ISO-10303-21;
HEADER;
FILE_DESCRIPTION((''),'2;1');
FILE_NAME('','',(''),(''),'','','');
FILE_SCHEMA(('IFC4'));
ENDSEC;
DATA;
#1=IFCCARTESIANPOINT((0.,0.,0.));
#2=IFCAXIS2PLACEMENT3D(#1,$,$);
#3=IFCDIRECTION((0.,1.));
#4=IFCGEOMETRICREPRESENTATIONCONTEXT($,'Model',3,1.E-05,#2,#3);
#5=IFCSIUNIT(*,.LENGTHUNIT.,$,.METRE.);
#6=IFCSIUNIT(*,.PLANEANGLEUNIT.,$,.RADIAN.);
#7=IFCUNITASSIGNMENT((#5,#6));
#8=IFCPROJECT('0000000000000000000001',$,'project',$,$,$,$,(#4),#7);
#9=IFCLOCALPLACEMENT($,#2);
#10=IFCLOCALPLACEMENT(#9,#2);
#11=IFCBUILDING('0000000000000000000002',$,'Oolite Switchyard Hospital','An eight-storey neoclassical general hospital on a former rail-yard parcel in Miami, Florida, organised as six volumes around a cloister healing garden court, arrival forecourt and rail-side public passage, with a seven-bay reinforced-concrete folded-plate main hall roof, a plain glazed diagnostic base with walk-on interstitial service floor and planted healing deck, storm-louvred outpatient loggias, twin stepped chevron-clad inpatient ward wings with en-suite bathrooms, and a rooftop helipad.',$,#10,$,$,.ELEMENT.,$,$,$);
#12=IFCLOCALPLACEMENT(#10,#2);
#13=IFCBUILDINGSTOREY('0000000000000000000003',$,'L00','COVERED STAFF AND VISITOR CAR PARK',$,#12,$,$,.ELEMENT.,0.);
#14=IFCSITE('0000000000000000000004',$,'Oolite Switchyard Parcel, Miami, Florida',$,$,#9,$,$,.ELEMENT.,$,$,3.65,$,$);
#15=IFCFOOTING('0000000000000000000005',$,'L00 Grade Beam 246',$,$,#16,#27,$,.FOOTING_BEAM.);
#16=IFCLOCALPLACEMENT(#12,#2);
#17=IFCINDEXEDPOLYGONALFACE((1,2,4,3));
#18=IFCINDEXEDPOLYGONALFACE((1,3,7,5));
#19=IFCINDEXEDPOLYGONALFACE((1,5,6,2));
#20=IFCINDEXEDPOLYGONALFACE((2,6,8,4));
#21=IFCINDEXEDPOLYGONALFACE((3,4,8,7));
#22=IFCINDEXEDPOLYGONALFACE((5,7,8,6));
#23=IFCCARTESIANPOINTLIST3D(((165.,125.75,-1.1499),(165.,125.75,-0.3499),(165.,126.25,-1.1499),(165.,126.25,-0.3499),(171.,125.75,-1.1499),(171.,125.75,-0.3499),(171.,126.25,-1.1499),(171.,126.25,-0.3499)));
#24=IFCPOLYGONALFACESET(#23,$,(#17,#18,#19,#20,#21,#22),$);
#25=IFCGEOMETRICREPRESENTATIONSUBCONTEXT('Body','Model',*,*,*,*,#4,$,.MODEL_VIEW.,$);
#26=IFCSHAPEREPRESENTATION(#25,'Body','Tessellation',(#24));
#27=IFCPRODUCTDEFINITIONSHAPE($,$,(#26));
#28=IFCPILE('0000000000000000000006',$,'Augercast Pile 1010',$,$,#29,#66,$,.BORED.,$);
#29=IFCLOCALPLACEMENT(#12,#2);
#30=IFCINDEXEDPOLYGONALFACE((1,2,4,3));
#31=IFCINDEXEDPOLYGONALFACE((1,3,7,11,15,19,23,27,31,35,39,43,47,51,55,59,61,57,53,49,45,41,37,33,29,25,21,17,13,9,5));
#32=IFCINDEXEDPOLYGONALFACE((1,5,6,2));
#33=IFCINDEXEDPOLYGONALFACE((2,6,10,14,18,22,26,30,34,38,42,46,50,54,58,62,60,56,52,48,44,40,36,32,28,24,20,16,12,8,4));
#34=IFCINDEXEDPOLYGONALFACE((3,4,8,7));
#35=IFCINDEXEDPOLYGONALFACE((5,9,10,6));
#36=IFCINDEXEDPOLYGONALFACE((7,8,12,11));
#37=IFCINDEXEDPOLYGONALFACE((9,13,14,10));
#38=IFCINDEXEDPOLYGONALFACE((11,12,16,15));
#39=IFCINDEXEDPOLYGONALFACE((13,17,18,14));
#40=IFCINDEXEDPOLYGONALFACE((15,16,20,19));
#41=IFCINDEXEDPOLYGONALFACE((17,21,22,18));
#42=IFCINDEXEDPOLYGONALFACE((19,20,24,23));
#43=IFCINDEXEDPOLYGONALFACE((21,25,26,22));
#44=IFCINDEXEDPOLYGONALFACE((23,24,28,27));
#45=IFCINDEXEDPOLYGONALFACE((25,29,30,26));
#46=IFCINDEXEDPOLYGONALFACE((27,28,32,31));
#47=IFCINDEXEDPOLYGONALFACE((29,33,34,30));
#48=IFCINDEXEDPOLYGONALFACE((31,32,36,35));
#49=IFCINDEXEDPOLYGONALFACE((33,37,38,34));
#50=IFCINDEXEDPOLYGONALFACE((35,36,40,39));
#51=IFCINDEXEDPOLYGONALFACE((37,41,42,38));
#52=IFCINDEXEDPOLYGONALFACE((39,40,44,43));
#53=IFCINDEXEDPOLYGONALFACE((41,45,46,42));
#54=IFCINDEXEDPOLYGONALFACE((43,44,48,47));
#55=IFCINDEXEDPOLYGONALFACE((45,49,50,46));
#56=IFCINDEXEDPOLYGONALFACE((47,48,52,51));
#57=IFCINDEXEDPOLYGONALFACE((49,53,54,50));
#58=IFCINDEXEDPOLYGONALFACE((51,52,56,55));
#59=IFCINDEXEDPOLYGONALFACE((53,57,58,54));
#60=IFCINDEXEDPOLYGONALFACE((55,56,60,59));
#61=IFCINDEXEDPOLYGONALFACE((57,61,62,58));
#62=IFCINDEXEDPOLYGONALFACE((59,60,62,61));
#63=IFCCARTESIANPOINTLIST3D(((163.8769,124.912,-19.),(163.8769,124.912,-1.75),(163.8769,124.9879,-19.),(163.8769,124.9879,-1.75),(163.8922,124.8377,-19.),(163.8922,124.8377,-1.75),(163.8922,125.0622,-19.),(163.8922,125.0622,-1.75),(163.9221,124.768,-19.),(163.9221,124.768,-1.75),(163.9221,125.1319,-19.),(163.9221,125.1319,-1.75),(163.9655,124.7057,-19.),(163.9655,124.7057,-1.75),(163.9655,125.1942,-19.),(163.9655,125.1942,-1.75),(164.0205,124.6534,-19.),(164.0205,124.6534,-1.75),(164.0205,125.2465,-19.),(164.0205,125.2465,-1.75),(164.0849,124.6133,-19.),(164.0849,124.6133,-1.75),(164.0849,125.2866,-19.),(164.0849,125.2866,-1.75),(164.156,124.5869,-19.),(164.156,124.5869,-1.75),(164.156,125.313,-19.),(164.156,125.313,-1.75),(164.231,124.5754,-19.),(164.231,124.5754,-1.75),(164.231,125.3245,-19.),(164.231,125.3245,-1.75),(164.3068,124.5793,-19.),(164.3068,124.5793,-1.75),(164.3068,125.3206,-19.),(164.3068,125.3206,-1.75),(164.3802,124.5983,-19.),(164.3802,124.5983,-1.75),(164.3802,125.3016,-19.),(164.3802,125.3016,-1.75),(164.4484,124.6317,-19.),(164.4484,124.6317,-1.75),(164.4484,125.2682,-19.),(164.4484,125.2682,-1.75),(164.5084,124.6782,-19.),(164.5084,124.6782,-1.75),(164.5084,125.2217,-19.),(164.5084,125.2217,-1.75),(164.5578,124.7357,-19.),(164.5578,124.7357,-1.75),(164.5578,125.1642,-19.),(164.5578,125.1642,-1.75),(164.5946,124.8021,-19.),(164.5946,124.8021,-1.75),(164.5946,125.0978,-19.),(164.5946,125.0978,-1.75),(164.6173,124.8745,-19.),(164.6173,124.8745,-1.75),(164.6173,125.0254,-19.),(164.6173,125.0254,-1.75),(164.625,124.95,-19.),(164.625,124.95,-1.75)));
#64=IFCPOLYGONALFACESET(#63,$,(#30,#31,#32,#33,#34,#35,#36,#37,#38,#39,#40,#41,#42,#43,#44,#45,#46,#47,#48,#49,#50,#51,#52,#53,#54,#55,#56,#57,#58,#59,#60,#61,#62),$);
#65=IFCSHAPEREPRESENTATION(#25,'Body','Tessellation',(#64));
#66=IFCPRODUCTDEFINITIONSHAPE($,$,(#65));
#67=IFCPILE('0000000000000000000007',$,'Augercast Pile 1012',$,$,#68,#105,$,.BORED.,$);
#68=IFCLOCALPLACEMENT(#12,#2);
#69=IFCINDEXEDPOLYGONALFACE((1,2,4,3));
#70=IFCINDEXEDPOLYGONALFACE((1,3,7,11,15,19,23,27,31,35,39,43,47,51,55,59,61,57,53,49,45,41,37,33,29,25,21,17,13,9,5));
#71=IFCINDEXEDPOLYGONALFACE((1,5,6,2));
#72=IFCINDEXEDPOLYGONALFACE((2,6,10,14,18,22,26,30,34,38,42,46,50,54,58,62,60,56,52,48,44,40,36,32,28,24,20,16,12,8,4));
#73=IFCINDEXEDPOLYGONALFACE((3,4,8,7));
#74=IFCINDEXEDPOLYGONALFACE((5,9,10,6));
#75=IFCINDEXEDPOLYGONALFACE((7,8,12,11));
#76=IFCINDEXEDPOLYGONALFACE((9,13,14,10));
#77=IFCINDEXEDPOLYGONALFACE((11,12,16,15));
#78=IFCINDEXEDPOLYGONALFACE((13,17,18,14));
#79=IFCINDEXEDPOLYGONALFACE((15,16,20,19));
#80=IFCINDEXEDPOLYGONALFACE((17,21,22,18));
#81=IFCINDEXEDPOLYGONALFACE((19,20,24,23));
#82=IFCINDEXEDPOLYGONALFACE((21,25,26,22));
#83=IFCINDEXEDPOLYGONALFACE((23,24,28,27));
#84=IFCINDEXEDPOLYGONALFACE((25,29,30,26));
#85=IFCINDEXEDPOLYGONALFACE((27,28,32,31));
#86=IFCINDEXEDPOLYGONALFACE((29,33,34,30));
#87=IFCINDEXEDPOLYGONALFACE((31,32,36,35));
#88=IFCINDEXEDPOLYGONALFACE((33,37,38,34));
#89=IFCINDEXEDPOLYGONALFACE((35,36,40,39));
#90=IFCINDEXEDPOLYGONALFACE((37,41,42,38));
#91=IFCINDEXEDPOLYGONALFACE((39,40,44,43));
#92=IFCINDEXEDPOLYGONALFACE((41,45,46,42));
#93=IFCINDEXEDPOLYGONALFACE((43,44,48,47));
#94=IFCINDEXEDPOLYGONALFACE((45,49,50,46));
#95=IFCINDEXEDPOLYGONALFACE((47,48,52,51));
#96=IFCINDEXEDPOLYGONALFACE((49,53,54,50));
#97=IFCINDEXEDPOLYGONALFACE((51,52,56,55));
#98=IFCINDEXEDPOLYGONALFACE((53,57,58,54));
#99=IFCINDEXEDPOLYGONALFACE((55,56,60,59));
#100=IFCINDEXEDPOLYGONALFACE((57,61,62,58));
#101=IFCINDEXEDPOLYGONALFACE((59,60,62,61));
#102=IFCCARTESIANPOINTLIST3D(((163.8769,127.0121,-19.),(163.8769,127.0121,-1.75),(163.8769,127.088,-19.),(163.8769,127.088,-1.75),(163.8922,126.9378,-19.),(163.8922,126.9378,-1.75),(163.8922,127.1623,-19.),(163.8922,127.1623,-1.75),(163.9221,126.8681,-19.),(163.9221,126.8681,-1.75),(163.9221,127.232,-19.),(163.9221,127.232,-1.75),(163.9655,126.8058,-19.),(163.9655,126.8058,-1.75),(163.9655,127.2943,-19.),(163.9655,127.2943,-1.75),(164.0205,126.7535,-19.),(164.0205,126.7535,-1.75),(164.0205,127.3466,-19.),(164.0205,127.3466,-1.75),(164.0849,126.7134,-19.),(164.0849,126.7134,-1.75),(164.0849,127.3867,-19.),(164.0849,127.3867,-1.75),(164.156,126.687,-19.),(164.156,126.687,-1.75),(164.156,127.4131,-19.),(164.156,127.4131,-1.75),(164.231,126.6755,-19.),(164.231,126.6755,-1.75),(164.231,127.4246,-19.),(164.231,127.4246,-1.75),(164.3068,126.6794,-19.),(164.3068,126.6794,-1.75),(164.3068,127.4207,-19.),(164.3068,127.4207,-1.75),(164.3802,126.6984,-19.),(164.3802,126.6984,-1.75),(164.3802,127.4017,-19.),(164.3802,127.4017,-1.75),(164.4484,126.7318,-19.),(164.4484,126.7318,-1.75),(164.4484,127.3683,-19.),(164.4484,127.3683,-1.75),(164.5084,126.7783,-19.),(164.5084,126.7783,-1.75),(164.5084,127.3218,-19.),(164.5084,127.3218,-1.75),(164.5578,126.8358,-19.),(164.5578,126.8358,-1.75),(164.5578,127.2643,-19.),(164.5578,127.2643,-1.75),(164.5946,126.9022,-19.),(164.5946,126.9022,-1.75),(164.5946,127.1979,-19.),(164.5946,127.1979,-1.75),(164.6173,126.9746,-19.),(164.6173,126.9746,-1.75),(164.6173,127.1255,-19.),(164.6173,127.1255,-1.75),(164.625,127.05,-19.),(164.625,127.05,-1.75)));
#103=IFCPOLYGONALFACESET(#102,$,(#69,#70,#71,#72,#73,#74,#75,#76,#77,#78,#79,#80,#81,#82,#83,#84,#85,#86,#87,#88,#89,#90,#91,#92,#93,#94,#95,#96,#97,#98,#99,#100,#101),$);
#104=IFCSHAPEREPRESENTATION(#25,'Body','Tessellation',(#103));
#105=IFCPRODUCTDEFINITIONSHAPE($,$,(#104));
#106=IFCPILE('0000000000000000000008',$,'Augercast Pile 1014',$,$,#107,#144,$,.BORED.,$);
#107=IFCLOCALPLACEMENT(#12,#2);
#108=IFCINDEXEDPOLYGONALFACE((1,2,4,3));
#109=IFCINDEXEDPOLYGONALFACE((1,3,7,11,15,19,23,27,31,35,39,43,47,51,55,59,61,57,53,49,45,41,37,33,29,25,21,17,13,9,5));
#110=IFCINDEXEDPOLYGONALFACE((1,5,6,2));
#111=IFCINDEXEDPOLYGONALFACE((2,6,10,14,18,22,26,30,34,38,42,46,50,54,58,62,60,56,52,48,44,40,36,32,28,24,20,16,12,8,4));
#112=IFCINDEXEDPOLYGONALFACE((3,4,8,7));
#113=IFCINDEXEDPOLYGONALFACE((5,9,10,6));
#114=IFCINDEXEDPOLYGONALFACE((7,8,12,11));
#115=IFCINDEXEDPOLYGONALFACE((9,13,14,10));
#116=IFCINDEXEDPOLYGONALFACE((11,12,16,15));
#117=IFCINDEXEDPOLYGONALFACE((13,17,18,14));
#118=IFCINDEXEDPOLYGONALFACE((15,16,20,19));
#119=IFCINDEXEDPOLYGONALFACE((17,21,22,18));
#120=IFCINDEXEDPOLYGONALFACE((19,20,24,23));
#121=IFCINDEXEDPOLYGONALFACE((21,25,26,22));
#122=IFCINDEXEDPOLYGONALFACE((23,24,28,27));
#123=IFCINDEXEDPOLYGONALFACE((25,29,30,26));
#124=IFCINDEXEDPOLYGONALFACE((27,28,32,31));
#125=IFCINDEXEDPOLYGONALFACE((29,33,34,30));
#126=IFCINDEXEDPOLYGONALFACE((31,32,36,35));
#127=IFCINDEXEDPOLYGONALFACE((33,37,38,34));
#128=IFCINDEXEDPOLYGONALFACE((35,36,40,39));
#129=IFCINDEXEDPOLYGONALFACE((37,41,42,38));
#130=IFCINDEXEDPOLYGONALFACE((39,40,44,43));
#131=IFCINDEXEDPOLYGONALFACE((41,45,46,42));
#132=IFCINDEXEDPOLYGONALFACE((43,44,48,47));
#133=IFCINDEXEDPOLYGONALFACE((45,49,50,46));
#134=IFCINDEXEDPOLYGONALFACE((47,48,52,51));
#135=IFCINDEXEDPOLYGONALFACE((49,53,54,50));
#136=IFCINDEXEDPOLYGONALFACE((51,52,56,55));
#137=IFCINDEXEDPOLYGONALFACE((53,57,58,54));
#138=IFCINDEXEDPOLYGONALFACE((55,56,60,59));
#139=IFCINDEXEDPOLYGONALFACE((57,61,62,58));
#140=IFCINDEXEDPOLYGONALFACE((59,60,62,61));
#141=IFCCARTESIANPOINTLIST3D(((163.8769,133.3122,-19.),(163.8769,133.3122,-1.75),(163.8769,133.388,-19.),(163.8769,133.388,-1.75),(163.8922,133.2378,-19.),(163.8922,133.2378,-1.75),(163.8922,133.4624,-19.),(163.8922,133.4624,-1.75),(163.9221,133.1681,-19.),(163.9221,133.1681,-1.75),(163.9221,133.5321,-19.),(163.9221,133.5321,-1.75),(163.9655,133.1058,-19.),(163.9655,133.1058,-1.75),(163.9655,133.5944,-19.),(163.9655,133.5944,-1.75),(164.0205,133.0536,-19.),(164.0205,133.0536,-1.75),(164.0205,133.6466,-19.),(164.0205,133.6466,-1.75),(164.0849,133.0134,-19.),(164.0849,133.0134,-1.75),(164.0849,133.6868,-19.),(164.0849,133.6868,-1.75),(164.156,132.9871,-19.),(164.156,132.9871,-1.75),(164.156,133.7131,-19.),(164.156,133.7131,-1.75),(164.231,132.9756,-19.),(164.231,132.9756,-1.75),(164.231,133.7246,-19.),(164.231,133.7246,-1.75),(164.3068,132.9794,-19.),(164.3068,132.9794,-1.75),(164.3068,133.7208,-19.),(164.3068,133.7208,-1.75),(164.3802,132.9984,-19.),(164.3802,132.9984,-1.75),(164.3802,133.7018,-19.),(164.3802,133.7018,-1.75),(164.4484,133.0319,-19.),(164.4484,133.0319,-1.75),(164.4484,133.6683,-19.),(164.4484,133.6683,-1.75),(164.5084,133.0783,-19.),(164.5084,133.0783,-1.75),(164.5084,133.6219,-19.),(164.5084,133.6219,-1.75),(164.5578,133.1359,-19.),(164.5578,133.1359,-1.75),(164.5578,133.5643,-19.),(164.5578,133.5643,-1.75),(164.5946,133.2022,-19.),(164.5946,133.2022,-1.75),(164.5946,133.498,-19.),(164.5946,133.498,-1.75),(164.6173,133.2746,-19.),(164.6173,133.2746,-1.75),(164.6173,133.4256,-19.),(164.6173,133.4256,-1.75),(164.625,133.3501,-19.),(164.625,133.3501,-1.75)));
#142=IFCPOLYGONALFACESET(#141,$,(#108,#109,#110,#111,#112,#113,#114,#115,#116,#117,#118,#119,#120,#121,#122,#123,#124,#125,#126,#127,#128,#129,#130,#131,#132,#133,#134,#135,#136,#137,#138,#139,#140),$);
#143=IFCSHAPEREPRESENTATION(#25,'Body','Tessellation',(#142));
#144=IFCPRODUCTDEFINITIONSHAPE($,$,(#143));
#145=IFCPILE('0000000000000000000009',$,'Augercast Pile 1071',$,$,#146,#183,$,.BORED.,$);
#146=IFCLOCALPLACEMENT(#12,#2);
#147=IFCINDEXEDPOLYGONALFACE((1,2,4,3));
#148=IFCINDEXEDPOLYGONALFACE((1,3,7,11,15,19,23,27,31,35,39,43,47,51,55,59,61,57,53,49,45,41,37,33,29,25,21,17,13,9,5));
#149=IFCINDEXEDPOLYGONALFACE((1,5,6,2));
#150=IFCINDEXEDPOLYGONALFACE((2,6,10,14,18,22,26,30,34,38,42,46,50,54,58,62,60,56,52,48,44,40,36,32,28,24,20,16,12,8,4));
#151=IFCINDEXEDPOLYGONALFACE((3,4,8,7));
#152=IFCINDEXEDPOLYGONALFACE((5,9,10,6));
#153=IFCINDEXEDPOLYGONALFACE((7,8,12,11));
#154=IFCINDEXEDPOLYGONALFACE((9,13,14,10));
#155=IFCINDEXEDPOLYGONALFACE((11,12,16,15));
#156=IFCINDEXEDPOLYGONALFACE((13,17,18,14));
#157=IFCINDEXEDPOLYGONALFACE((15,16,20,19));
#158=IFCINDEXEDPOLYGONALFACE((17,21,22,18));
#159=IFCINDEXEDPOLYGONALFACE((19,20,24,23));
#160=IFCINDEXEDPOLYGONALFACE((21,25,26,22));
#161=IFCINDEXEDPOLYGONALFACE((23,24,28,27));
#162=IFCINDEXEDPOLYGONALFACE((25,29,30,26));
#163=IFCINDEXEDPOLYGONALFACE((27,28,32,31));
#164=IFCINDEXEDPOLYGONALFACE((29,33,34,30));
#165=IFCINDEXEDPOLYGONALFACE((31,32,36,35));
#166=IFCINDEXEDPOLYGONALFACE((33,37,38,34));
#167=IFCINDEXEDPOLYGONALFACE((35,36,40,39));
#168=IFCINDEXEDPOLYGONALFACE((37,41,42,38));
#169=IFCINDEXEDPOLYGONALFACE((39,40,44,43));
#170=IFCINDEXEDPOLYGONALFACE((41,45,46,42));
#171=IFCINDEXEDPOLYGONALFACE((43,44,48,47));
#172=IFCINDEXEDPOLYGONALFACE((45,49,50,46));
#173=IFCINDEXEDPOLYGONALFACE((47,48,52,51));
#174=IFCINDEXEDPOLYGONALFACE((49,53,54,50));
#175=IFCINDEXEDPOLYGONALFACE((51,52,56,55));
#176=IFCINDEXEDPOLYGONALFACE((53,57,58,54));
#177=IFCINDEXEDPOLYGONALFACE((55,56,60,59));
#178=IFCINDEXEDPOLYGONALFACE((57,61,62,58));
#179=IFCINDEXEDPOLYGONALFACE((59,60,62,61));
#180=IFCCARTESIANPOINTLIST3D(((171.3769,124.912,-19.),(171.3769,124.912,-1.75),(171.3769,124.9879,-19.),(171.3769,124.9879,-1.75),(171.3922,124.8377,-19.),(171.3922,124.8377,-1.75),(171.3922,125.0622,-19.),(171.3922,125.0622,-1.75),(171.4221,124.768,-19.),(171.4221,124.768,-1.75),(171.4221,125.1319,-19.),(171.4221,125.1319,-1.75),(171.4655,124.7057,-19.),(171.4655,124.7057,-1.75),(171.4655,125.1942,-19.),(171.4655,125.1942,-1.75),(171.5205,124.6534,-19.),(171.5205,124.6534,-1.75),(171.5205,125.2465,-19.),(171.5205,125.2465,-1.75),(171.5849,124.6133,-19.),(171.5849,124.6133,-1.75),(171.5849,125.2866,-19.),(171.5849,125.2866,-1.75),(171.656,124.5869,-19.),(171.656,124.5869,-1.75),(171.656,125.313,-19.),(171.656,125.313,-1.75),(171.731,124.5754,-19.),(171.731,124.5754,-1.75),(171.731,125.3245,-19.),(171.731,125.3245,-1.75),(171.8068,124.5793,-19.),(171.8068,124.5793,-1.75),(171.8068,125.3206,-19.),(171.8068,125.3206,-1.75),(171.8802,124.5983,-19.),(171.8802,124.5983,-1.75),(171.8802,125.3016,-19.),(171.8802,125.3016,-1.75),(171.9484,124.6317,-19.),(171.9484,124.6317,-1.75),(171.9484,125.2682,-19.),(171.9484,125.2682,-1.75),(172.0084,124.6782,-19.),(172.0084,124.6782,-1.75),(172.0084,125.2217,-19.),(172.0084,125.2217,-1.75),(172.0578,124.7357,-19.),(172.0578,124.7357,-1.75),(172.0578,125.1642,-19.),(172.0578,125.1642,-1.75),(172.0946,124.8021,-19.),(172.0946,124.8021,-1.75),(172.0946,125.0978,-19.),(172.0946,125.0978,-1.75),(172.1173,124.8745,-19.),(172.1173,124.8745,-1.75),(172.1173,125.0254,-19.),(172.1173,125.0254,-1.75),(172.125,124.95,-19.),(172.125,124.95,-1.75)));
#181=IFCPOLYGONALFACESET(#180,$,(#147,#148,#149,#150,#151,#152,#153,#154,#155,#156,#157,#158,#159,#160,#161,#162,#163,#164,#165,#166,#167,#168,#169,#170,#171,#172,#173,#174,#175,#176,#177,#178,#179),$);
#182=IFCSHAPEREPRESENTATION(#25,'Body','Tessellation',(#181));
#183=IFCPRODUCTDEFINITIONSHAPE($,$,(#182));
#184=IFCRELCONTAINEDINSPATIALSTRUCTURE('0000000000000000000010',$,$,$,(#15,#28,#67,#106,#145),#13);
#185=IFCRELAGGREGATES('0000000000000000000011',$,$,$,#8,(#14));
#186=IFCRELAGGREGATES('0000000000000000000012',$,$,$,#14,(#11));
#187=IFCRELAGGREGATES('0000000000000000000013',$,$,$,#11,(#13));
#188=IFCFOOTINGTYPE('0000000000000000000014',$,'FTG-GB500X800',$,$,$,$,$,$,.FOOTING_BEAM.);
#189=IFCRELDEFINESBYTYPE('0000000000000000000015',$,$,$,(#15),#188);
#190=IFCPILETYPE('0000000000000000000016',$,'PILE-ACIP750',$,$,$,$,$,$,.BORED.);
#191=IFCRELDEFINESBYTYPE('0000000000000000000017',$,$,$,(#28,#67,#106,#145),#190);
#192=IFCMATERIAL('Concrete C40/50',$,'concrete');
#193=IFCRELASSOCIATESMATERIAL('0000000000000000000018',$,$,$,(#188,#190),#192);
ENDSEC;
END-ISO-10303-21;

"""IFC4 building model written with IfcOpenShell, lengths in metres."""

from ifc_helpers import new_model, si_unit, direction, frame, origin, origin_2d, place, context, subcontext, project, spatial, rectangle, circle, extrude, material, material_profile, profile_set, type_object, element, save


model = new_model("IFC4")

# Units and contexts
model_context = context("Model", 3, precision=1e-05, world=origin(), true_north=direction((0.0, 1.0)))
body_context = subcontext(model_context, "Body", "Model", "MODEL_VIEW")
ifc_project = project(units=[si_unit("LENGTHUNIT", "METRE"), si_unit("PLANEANGLEUNIT", "RADIAN")], contexts=[model_context])

# Site, building, storey
site_placement = place(None, origin())
site = spatial("IfcSite", under=ifc_project, at=site_placement, Name="Oolite Switchyard Parcel, Miami, Florida", CompositionType="ELEMENT", RefElevation=3.65)
building_placement = place(site_placement, origin())
building = spatial("IfcBuilding", under=site, at=building_placement, Name="Oolite Switchyard Hospital", Description="An eight-storey neoclassical general hospital on a former rail-yard parcel in Miami, Florida, organised as six volumes around a cloister healing garden court, arrival forecourt and rail-side public passage, with a seven-bay reinforced-concrete folded-plate main hall roof, a plain glazed diagnostic base with walk-on interstitial service floor and planted healing deck, storm-louvred outpatient loggias, twin stepped chevron-clad inpatient ward wings with en-suite bathrooms, and a rooftop helipad.", CompositionType="ELEMENT")
storey_placement = place(building_placement, origin())
storey = spatial("IfcBuildingStorey", under=building, at=storey_placement, Name="L00", Description="COVERED STAFF AND VISITOR CAR PARK", CompositionType="ELEMENT", Elevation=0.0)

# Footing
ifc_material_1 = material(Name="Concrete C40/50", Category="concrete")
footing_type = type_object("IfcFootingType", Name="FTG-GB500X800", PredefinedType="FOOTING_BEAM", material=ifc_material_1)
footing_placement = place(storey_placement, frame((168.0, 126.0, -1.1499), z_axis=(0.0, 0.0, 1.0), x_axis=(1.0, 0.0, 0.0)))
element("IfcFooting", 1, at=footing_placement, inside=storey, type_object=footing_type, Name="L00 Grade Beam 246", PredefinedType="FOOTING_BEAM", context=body_context, shape_type="SweptSolid", body=[
    extrude(rectangle(XDim=6.0, YDim=0.5, at=origin_2d()), origin(), (0.0, 0.0, 1.0), 0.8),
])

# Piles
ifc_material_profile_1 = material_profile(ifc_material_1, circle(Radius=0.375, at=origin_2d()), Name="PILE750")
ifc_profile_set_1 = profile_set([ifc_material_profile_1], Name="Concrete C40/50")
pile_type = type_object("IfcPileType", Name="PILE-ACIP750", PredefinedType="BORED", material=ifc_profile_set_1)
for number, where, z_axis, x_axis, name in (
    (2, (164.25, 124.95, -1.75), (0.0, 0.0, -1.0), (1.0, 0.0, 0.0), "Augercast Pile 1010"),
    (3, (164.25, 127.05, -1.75), (0.0, 0.0, -1.0), (1.0, 0.0, 0.0), "Augercast Pile 1012"),
    (4, (164.25, 133.3501, -1.75), (0.0, 0.0, -1.0), (1.0, 0.0, 0.0), "Augercast Pile 1014"),
    (5, (171.75, 124.95, -1.75), (0.0, 0.0, -1.0), (1.0, 0.0, 0.0), "Augercast Pile 1071"),
):
    element("IfcPile", number, at=place(storey_placement, frame(where, z_axis=z_axis, x_axis=x_axis)), inside=storey, type_object=pile_type, Name=name, PredefinedType="BORED", context=body_context, shape_type="SweptSolid", body=[
        extrude(circle(Radius=0.375, at=origin_2d()), origin(), (0.0, 0.0, 1.0), 17.25),
    ])

save(model, "model.ifc")
